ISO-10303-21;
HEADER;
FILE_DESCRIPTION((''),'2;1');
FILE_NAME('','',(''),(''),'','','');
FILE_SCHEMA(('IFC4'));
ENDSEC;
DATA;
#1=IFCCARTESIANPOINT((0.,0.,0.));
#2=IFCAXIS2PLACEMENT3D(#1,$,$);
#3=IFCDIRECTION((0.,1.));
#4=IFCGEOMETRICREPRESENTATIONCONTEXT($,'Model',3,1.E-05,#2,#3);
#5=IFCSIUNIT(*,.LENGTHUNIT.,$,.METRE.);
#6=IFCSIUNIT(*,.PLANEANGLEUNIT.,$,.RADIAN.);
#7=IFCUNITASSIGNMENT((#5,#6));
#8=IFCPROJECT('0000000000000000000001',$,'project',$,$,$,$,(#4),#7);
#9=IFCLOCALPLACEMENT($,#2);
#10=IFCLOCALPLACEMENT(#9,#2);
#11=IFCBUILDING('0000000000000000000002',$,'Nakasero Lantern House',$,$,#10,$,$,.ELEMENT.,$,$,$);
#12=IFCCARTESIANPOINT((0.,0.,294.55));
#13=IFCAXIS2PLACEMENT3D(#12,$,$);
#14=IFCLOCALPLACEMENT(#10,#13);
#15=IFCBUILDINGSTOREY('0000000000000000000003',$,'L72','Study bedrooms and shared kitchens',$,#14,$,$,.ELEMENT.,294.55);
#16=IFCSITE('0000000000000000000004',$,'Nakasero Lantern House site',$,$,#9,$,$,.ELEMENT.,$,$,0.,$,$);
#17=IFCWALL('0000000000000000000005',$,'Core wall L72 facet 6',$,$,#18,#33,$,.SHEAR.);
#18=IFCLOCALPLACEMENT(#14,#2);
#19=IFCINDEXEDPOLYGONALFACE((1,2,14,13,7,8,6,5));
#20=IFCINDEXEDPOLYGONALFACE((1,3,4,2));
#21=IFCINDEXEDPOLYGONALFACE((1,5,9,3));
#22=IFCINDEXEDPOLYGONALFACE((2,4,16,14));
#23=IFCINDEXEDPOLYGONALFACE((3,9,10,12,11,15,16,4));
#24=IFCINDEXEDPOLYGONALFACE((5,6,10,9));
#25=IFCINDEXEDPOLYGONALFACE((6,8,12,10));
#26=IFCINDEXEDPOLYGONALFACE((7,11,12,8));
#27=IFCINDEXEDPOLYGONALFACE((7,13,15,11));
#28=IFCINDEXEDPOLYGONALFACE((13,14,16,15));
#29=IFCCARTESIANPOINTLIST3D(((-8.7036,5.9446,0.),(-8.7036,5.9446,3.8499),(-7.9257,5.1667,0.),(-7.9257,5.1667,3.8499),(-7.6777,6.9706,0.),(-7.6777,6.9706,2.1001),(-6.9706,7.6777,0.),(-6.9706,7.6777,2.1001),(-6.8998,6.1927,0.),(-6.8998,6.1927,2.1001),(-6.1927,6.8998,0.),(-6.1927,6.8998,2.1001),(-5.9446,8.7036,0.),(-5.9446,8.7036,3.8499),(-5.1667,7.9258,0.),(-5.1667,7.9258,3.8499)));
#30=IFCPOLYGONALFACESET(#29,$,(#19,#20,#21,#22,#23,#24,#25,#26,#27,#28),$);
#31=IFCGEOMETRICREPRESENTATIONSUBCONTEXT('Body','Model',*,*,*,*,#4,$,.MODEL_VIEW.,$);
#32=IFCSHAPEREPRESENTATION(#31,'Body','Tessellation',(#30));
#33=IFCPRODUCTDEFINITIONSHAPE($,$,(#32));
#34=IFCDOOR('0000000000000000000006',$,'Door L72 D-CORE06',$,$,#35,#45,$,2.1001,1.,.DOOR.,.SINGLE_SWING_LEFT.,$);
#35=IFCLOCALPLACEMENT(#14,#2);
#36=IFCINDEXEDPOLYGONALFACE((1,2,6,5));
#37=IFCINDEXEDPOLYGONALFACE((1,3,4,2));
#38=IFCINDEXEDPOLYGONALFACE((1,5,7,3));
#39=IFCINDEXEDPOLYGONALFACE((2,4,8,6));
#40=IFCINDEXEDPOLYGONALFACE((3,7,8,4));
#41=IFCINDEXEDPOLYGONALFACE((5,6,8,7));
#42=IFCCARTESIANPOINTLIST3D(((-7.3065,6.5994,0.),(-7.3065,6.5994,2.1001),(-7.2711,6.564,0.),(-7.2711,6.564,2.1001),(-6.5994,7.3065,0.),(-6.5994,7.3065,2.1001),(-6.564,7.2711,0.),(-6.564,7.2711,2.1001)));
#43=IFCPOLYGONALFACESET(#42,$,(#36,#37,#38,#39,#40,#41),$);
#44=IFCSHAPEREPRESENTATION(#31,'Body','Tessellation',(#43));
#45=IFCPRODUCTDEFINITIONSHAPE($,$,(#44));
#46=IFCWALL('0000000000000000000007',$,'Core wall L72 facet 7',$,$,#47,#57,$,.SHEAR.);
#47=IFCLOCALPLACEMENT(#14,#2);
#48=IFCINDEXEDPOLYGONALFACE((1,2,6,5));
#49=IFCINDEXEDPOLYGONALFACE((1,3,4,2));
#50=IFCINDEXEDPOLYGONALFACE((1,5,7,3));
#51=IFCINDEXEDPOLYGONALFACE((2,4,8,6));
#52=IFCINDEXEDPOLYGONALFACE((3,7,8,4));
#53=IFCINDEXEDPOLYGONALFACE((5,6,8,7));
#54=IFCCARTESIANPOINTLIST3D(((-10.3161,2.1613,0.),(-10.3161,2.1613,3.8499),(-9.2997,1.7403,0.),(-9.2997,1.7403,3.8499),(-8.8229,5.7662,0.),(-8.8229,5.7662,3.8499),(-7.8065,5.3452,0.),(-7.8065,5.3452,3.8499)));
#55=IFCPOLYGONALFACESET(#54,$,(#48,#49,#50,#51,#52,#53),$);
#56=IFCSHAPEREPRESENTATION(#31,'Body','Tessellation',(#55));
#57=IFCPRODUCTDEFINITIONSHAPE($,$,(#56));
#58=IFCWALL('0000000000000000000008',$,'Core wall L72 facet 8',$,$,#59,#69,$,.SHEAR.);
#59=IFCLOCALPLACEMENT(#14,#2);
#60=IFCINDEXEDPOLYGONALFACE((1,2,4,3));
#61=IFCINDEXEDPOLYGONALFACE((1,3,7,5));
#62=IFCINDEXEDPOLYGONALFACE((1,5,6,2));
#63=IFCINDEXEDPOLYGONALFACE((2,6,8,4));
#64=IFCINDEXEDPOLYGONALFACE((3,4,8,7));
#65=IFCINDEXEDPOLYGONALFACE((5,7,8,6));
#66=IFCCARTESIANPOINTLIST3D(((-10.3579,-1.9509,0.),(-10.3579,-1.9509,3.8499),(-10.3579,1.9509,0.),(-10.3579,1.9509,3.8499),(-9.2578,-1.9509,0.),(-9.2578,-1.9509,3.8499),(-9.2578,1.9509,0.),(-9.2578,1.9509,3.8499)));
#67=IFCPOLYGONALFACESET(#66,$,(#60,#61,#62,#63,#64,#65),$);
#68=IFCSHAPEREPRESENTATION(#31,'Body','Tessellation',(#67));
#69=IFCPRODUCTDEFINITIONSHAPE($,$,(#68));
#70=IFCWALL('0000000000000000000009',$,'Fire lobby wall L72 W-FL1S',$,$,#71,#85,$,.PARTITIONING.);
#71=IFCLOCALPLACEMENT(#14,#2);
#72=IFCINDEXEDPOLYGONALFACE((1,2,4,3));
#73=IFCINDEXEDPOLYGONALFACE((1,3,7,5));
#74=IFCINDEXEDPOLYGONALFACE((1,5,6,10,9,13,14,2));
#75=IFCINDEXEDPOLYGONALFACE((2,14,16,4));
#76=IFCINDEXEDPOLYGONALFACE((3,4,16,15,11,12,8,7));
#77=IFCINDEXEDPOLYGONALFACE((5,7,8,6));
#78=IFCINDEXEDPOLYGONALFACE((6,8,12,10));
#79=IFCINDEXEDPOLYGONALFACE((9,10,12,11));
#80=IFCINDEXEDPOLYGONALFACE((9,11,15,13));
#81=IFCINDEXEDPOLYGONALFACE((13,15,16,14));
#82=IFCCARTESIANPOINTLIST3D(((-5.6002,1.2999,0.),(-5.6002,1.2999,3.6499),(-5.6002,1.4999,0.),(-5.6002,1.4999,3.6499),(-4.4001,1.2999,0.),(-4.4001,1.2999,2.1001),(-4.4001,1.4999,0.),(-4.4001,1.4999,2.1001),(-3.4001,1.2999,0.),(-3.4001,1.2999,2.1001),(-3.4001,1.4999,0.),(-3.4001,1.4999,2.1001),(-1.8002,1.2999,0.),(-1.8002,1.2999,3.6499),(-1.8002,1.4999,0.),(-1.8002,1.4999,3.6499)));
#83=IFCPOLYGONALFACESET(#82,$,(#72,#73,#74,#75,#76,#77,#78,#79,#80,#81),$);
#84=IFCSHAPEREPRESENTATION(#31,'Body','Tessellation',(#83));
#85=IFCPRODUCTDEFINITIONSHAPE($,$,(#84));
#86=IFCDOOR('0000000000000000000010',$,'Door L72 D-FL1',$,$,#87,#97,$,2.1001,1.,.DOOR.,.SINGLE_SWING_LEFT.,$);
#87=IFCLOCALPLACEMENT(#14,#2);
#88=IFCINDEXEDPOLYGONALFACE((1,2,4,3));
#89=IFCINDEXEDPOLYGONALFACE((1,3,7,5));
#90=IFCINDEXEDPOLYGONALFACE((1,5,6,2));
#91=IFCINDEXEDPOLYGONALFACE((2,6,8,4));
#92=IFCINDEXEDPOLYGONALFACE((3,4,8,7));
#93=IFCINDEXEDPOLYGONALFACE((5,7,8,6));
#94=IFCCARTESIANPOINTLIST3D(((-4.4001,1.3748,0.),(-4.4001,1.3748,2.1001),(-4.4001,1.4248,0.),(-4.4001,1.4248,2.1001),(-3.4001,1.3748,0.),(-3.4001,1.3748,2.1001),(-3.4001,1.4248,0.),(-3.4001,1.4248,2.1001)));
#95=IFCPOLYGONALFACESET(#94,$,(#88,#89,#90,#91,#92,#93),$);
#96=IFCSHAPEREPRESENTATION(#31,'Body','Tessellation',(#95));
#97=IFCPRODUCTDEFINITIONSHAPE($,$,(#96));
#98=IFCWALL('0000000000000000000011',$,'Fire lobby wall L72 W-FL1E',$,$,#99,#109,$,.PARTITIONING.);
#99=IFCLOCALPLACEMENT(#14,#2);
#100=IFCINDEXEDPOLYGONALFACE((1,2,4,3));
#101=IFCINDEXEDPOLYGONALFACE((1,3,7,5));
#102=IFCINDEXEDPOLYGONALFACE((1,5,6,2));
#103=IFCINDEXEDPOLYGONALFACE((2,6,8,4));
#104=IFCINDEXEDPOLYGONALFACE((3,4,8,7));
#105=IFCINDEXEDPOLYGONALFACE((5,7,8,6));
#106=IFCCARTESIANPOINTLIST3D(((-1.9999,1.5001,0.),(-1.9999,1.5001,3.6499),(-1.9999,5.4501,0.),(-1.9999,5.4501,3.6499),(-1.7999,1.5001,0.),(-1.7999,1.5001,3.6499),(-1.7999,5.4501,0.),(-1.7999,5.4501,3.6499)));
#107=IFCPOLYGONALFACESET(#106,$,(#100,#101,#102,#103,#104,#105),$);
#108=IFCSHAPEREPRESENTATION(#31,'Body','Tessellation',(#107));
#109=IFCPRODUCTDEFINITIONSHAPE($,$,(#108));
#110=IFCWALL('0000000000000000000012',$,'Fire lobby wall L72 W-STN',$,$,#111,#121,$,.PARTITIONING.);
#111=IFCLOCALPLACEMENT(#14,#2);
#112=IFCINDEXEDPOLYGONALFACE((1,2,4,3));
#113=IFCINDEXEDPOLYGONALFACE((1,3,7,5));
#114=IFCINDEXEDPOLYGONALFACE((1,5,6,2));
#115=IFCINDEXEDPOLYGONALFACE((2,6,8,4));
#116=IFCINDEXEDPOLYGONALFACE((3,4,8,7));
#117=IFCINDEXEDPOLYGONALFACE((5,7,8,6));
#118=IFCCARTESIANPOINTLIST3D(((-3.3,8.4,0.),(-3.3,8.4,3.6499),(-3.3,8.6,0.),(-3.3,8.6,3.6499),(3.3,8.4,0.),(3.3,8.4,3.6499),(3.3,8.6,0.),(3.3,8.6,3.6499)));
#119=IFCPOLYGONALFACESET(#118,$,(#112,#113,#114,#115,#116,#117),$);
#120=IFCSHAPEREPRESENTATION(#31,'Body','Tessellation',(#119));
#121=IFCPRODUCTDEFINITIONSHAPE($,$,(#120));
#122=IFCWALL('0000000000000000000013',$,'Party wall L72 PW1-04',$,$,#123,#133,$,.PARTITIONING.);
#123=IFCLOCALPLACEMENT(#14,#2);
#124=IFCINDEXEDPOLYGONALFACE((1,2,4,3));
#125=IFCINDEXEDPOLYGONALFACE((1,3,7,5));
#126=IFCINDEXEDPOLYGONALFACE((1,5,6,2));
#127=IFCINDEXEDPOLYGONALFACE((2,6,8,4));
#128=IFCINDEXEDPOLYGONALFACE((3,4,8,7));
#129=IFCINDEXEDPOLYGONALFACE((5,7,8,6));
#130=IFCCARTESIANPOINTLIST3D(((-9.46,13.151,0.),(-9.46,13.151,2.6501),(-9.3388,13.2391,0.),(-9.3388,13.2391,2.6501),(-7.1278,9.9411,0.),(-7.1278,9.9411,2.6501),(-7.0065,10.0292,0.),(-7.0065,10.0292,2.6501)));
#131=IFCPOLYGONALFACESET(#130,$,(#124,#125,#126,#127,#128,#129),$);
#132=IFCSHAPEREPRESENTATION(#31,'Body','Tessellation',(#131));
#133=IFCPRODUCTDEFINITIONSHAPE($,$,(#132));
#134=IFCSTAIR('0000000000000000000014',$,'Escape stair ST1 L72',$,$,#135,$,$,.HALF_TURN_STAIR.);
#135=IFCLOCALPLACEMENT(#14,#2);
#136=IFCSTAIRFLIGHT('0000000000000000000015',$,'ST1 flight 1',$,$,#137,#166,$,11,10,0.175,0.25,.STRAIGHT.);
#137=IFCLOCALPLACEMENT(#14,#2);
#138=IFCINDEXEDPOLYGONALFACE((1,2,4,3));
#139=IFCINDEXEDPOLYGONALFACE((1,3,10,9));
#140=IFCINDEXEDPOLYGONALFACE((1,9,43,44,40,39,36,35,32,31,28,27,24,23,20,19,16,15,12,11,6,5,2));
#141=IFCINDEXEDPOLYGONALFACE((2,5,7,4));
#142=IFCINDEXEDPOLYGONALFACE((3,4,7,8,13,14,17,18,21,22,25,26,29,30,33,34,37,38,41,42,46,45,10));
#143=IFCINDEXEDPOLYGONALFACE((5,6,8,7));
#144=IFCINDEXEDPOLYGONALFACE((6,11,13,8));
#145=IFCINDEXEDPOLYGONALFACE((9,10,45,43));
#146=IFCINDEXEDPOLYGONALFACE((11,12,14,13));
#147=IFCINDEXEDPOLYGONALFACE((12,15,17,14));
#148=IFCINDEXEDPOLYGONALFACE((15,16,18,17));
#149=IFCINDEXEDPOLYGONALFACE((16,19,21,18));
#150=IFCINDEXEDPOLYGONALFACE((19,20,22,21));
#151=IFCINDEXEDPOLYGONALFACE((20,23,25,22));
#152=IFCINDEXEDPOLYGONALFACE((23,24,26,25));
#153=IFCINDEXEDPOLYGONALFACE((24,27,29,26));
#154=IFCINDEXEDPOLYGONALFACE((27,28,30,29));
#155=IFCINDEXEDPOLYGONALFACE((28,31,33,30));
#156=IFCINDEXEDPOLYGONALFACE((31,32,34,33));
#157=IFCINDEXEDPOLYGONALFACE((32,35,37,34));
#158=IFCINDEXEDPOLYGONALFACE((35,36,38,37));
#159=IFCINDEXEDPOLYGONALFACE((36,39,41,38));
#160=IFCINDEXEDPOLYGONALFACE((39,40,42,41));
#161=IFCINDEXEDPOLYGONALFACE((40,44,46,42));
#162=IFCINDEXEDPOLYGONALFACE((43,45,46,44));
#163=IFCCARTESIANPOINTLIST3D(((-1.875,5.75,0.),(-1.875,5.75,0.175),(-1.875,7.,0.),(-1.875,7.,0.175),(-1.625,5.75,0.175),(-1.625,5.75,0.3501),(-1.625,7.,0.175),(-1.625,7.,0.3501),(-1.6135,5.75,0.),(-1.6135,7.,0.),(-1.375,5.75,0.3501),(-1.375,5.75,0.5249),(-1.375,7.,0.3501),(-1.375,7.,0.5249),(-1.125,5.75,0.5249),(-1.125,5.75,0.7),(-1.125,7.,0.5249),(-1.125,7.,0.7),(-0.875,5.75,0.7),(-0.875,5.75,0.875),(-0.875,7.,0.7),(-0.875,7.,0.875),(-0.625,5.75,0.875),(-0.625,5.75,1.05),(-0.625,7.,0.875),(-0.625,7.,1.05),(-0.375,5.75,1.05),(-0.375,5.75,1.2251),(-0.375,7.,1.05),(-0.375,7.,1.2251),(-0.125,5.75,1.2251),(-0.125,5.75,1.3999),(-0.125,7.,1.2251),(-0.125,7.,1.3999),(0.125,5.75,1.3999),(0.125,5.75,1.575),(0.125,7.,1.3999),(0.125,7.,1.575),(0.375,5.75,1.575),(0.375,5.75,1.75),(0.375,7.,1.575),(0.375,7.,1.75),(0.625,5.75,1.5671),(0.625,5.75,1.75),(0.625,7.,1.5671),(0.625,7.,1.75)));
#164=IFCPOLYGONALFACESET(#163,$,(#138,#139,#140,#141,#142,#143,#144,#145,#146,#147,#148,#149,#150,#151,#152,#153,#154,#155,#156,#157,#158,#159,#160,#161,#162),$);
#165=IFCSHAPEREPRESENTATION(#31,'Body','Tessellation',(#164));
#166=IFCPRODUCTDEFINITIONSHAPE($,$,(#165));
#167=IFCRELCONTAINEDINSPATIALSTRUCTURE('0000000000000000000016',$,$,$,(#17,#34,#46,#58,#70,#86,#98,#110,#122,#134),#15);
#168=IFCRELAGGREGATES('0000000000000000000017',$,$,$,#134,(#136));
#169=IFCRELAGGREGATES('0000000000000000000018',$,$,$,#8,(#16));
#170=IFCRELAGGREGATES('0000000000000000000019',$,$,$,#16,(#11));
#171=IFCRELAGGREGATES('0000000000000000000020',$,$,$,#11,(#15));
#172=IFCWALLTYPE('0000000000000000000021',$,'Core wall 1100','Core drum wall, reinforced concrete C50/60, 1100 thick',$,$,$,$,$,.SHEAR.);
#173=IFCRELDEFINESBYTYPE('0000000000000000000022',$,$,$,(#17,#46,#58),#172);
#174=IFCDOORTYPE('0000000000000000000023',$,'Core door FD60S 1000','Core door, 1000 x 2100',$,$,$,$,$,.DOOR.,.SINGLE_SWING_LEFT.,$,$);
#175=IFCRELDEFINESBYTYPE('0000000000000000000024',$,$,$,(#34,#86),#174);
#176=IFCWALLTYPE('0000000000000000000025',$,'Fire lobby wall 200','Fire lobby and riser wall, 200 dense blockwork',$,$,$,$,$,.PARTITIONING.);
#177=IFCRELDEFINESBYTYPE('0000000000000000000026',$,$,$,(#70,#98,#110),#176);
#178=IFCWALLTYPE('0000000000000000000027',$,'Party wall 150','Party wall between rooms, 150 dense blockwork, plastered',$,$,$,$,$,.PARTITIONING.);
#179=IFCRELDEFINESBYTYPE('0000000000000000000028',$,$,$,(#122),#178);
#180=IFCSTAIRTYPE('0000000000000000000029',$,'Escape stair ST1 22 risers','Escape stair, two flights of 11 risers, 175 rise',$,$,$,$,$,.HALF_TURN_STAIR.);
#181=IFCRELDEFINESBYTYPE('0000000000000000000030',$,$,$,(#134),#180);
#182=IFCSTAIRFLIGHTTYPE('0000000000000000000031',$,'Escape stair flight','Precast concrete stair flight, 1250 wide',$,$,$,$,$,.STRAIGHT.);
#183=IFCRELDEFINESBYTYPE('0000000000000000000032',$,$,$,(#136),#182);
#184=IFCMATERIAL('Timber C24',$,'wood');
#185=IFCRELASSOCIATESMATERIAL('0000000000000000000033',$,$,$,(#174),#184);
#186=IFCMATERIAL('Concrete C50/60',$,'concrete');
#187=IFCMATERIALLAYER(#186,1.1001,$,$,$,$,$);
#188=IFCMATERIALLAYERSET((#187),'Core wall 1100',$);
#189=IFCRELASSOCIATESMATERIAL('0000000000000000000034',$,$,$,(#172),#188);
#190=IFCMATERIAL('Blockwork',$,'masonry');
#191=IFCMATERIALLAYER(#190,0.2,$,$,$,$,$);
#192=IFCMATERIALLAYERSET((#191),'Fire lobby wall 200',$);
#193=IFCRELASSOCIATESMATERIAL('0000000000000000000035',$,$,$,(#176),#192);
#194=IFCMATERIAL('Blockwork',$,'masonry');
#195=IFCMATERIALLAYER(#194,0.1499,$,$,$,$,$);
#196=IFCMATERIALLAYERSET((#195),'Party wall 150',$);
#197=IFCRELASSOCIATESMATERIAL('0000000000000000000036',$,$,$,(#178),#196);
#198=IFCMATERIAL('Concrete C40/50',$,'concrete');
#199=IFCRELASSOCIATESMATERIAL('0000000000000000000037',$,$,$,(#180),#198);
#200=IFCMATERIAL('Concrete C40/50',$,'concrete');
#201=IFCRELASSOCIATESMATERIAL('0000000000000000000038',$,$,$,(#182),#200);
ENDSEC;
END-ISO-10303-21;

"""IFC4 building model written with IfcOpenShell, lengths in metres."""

from ifc_helpers import new_model, si_unit, direction, frame, frame_2d, origin, place, context, subcontext, project, spatial, polyline, rectangle, outline, extrude, material, layer, layer_set, type_object, element, fill, aggregate, save


model = new_model("IFC4")

# Units and contexts
model_context = context("Model", 3, precision=1e-05, world=origin(), true_north=direction((0.0, 1.0)))
body_context = subcontext(model_context, "Body", "Model", "MODEL_VIEW")
ifc_project = project(units=[si_unit("LENGTHUNIT", "METRE"), si_unit("PLANEANGLEUNIT", "RADIAN")], contexts=[model_context])

# Site, building, storey
site_placement = place(None, origin())
site = spatial("IfcSite", under=ifc_project, at=site_placement, Name="Nakasero Lantern House site", CompositionType="ELEMENT", RefElevation=0.0)
building_placement = place(site_placement, origin())
building = spatial("IfcBuilding", under=site, at=building_placement, Name="Nakasero Lantern House", CompositionType="ELEMENT")
storey_placement = place(building_placement, frame((0.0, 0.0, 294.55)))
storey = spatial("IfcBuildingStorey", under=building, at=storey_placement, Name="L72", Description="Study bedrooms and shared kitchens", CompositionType="ELEMENT", Elevation=294.55)

# Shared definitions
ifc_material_1 = material(Name="Timber C24", Category="wood")
door_type_1 = type_object("IfcDoorType", Name="Core door FD60S 1000", Description="Core door, 1000 x 2100", OperationType="SINGLE_SWING_LEFT", PredefinedType="DOOR", material=ifc_material_1)

# Shared definitions
ifc_material_2 = material(Name="Concrete C50/60", Category="concrete")
ifc_layer_1 = layer(ifc_material_2, 1.1001)
ifc_layer_set_1 = layer_set([ifc_layer_1], Name="Core wall 1100")
wall_type_1 = type_object("IfcWallType", Name="Core wall 1100", Description="Core drum wall, reinforced concrete C50/60, 1100 thick", PredefinedType="SHEAR", material=ifc_layer_set_1)

# Wall, opening, door
wall_1_placement = place(storey_placement, frame((-5.5557, 8.3147, 0.0), z_axis=(0.0, 0.0, 1.0), x_axis=(-0.707107, -0.707107, 0.0)))
wall_1 = element("IfcWall", 1, at=wall_1_placement, inside=storey, type_object=wall_type_1, Name="Core wall L72 facet 6", PredefinedType="SHEAR", context=body_context, shape_type="SweptSolid", body=[
    extrude(rectangle(XDim=3.9019, YDim=1.1001, at=frame_2d((1.9509, 0.0))), origin(), (0.0, 0.0, 1.0), 3.8499),
])
opening_1_placement = place(wall_1_placement, frame((1.4509, 0.0, 0.0)))
opening_1 = element("IfcOpeningElement", 2, at=opening_1_placement, cuts=wall_1, PredefinedType="OPENING", context=body_context, shape_type="SweptSolid", body=[
    extrude(rectangle(XDim=1.0, YDim=2.1001, at=frame_2d((0.5, 1.05))), frame((0.0, 0.5701, 0.0), z_axis=(0.0, -1.0, 0.0), x_axis=(1.0, 0.0, 0.0)), (0.0, 0.0, 1.0), 1.1401),
])
door_1_placement = place(opening_1_placement, origin())
door_1 = element("IfcDoor", 3, at=door_1_placement, inside=storey, type_object=door_type_1, Name="Door L72 D-CORE06", OperationType="SINGLE_SWING_LEFT", OverallHeight=2.1001, OverallWidth=1.0, PredefinedType="DOOR", context=body_context, shape_type="SweptSolid", body=[
    extrude(rectangle(XDim=1.0, YDim=2.1001, at=frame_2d((0.5, 1.05))), frame((0.0, 0.0249, 0.0), z_axis=(0.0, -1.0, 0.0), x_axis=(1.0, 0.0, 0.0)), (0.0, 0.0, 1.0), 0.05),
])
fill(opening_1, door_1)

# Walls
for number, where, z_axis, x_axis, name in (
    (4, (-8.3147, 5.5557, 0.0), (0.0, 0.0, 1.0), (-0.382691, -0.923877, 0.0), "Core wall L72 facet 7"),
    (5, (-9.8079, 1.9509, 0.0), (0.0, 0.0, 1.0), (0.0, -1.0, 0.0), "Core wall L72 facet 8"),
):
    element("IfcWall", number, at=place(storey_placement, frame(where, z_axis=z_axis, x_axis=x_axis)), inside=storey, type_object=wall_type_1, Name=name, PredefinedType="SHEAR", context=body_context, shape_type="SweptSolid", body=[
        extrude(rectangle(XDim=3.9019, YDim=1.1001, at=frame_2d((1.9509, 0.0))), origin(), (0.0, 0.0, 1.0), 3.8499),
    ])

# Wall, opening, door
ifc_material_3 = material(Name="Blockwork", Category="masonry")
ifc_layer_2 = layer(ifc_material_3, 0.2)
ifc_layer_set_2 = layer_set([ifc_layer_2], Name="Fire lobby wall 200")
wall_type_2 = type_object("IfcWallType", Name="Fire lobby wall 200", Description="Fire lobby and riser wall, 200 dense blockwork", PredefinedType="PARTITIONING", material=ifc_layer_set_2)
wall_2_placement = place(storey_placement, frame((-5.6001, 1.3999, 0.0), z_axis=(0.0, 0.0, 1.0), x_axis=(1.0, 0.0, 0.0)))
wall_2 = element("IfcWall", 6, at=wall_2_placement, inside=storey, type_object=wall_type_2, Name="Fire lobby wall L72 W-FL1S", PredefinedType="PARTITIONING", context=body_context, shape_type="SweptSolid", body=[
    extrude(rectangle(XDim=3.8, YDim=0.2, at=frame_2d((1.8999, 0.0))), origin(), (0.0, 0.0, 1.0), 3.6499),
])
opening_2_placement = place(wall_2_placement, frame((1.2, 0.0, 0.0)))
opening_2 = element("IfcOpeningElement", 7, at=opening_2_placement, cuts=wall_2, PredefinedType="OPENING", context=body_context, shape_type="SweptSolid", body=[
    extrude(rectangle(XDim=1.0, YDim=2.1001, at=frame_2d((0.5, 1.05))), frame((0.0, 0.1199, 0.0), z_axis=(0.0, -1.0, 0.0), x_axis=(1.0, 0.0, 0.0)), (0.0, 0.0, 1.0), 0.24),
])
door_2_placement = place(opening_2_placement, origin())
door_2 = element("IfcDoor", 8, at=door_2_placement, inside=storey, type_object=door_type_1, Name="Door L72 D-FL1", OperationType="SINGLE_SWING_LEFT", OverallHeight=2.1001, OverallWidth=1.0, PredefinedType="DOOR", context=body_context, shape_type="SweptSolid", body=[
    extrude(rectangle(XDim=1.0, YDim=2.1001, at=frame_2d((0.5, 1.05))), frame((0.0, 0.0249, 0.0), z_axis=(0.0, -1.0, 0.0), x_axis=(1.0, 0.0, 0.0)), (0.0, 0.0, 1.0), 0.05),
])
fill(opening_2, door_2)

# Walls
wall_3_placement = place(storey_placement, frame((-1.8999, 1.5, 0.0), z_axis=(0.0, 0.0, 1.0), x_axis=(0.0, 1.0, 0.0)))
element("IfcWall", 9, at=wall_3_placement, inside=storey, type_object=wall_type_2, Name="Fire lobby wall L72 W-FL1E", PredefinedType="PARTITIONING", context=body_context, shape_type="SweptSolid", body=[
    extrude(rectangle(XDim=3.95, YDim=0.2, at=frame_2d((1.9751, 0.0))), origin(), (0.0, 0.0, 1.0), 3.6499),
])
wall_4_placement = place(storey_placement, frame((-3.3, 8.5, 0.0), z_axis=(0.0, 0.0, 1.0), x_axis=(1.0, 0.0, 0.0)))
element("IfcWall", 10, at=wall_4_placement, inside=storey, type_object=wall_type_2, Name="Fire lobby wall L72 W-STN", PredefinedType="PARTITIONING", context=body_context, shape_type="SweptSolid", body=[
    extrude(rectangle(XDim=6.6001, YDim=0.2, at=frame_2d((3.3, 0.0))), origin(), (0.0, 0.0, 1.0), 3.6499),
])
ifc_material_4 = material(Name="Blockwork", Category="masonry")
ifc_layer_3 = layer(ifc_material_4, 0.1499)
ifc_layer_set_3 = layer_set([ifc_layer_3], Name="Party wall 150")
wall_type_3 = type_object("IfcWallType", Name="Party wall 150", Description="Party wall between rooms, 150 dense blockwork, plastered", PredefinedType="PARTITIONING", material=ifc_layer_set_3)
wall_5_placement = place(storey_placement, frame((-7.0671, 9.9851, 0.0), z_axis=(0.0, 0.0, 1.0), x_axis=(-0.587802, 0.809005, 0.0)))
element("IfcWall", 11, at=wall_5_placement, inside=storey, type_object=wall_type_3, Name="Party wall L72 PW1-04", PredefinedType="PARTITIONING", context=body_context, shape_type="SweptSolid", body=[
    extrude(rectangle(XDim=3.9678, YDim=0.1499, at=frame_2d((1.9839, 0.0))), origin(), (0.0, 0.0, 1.0), 2.6501),
])

# Stair, stair flight
ifc_material_5 = material(Name="Concrete C40/50", Category="concrete")
stair_type = type_object("IfcStairType", Name="Escape stair ST1 22 risers", Description="Escape stair, two flights of 11 risers, 175 rise", PredefinedType="HALF_TURN_STAIR", material=ifc_material_5)
stair_placement = place(storey_placement, origin())
stair = element("IfcStair", 12, at=stair_placement, inside=storey, type_object=stair_type, Name="Escape stair ST1 L72", PredefinedType="HALF_TURN_STAIR")
ifc_material_6 = material(Name="Concrete C40/50", Category="concrete")
stair_flight_type = type_object("IfcStairFlightType", Name="Escape stair flight", Description="Precast concrete stair flight, 1250 wide", PredefinedType="STRAIGHT", material=ifc_material_6)
stair_flight_placement = place(storey_placement, frame((-1.875, 6.375, 0.0), z_axis=(0.0, 0.0, 1.0), x_axis=(1.0, 0.0, 0.0)))
stair_flight = element("IfcStairFlight", 13, at=stair_flight_placement, type_object=stair_flight_type, Name="ST1 flight 1", NumberOfRisers=11, NumberOfTreads=10, PredefinedType="STRAIGHT", RiserHeight=0.175, TreadLength=0.25, context=body_context, shape_type="SweptSolid", body=[
    extrude(outline(polyline([(0.0, 0.0), (0.0, 0.175), (0.25, 0.175), (0.25, 0.3501), (0.5, 0.3501), (0.5, 0.5249), (0.75, 0.5249), (0.75, 0.7), (1.0, 0.7), (1.0, 0.875), (1.25, 0.875), (1.25, 1.05), (1.5, 1.05), (1.5, 1.2251), (1.75, 1.2251), (1.75, 1.3999), (2.0, 1.3999), (2.0, 1.575), (2.25, 1.575), (2.25, 1.75), (2.5, 1.75), (2.5, 1.925), (2.5, 1.5671), (0.2615, 0.0), (0.0, 0.0)])), frame((0.0, 0.625, 0.0), z_axis=(0.0, -1.0, 0.0), x_axis=(1.0, 0.0, 0.0)), (0.0, 0.0, 1.0), 1.25),
])
aggregate(stair, [stair_flight])

save(model, "model.ifc")
